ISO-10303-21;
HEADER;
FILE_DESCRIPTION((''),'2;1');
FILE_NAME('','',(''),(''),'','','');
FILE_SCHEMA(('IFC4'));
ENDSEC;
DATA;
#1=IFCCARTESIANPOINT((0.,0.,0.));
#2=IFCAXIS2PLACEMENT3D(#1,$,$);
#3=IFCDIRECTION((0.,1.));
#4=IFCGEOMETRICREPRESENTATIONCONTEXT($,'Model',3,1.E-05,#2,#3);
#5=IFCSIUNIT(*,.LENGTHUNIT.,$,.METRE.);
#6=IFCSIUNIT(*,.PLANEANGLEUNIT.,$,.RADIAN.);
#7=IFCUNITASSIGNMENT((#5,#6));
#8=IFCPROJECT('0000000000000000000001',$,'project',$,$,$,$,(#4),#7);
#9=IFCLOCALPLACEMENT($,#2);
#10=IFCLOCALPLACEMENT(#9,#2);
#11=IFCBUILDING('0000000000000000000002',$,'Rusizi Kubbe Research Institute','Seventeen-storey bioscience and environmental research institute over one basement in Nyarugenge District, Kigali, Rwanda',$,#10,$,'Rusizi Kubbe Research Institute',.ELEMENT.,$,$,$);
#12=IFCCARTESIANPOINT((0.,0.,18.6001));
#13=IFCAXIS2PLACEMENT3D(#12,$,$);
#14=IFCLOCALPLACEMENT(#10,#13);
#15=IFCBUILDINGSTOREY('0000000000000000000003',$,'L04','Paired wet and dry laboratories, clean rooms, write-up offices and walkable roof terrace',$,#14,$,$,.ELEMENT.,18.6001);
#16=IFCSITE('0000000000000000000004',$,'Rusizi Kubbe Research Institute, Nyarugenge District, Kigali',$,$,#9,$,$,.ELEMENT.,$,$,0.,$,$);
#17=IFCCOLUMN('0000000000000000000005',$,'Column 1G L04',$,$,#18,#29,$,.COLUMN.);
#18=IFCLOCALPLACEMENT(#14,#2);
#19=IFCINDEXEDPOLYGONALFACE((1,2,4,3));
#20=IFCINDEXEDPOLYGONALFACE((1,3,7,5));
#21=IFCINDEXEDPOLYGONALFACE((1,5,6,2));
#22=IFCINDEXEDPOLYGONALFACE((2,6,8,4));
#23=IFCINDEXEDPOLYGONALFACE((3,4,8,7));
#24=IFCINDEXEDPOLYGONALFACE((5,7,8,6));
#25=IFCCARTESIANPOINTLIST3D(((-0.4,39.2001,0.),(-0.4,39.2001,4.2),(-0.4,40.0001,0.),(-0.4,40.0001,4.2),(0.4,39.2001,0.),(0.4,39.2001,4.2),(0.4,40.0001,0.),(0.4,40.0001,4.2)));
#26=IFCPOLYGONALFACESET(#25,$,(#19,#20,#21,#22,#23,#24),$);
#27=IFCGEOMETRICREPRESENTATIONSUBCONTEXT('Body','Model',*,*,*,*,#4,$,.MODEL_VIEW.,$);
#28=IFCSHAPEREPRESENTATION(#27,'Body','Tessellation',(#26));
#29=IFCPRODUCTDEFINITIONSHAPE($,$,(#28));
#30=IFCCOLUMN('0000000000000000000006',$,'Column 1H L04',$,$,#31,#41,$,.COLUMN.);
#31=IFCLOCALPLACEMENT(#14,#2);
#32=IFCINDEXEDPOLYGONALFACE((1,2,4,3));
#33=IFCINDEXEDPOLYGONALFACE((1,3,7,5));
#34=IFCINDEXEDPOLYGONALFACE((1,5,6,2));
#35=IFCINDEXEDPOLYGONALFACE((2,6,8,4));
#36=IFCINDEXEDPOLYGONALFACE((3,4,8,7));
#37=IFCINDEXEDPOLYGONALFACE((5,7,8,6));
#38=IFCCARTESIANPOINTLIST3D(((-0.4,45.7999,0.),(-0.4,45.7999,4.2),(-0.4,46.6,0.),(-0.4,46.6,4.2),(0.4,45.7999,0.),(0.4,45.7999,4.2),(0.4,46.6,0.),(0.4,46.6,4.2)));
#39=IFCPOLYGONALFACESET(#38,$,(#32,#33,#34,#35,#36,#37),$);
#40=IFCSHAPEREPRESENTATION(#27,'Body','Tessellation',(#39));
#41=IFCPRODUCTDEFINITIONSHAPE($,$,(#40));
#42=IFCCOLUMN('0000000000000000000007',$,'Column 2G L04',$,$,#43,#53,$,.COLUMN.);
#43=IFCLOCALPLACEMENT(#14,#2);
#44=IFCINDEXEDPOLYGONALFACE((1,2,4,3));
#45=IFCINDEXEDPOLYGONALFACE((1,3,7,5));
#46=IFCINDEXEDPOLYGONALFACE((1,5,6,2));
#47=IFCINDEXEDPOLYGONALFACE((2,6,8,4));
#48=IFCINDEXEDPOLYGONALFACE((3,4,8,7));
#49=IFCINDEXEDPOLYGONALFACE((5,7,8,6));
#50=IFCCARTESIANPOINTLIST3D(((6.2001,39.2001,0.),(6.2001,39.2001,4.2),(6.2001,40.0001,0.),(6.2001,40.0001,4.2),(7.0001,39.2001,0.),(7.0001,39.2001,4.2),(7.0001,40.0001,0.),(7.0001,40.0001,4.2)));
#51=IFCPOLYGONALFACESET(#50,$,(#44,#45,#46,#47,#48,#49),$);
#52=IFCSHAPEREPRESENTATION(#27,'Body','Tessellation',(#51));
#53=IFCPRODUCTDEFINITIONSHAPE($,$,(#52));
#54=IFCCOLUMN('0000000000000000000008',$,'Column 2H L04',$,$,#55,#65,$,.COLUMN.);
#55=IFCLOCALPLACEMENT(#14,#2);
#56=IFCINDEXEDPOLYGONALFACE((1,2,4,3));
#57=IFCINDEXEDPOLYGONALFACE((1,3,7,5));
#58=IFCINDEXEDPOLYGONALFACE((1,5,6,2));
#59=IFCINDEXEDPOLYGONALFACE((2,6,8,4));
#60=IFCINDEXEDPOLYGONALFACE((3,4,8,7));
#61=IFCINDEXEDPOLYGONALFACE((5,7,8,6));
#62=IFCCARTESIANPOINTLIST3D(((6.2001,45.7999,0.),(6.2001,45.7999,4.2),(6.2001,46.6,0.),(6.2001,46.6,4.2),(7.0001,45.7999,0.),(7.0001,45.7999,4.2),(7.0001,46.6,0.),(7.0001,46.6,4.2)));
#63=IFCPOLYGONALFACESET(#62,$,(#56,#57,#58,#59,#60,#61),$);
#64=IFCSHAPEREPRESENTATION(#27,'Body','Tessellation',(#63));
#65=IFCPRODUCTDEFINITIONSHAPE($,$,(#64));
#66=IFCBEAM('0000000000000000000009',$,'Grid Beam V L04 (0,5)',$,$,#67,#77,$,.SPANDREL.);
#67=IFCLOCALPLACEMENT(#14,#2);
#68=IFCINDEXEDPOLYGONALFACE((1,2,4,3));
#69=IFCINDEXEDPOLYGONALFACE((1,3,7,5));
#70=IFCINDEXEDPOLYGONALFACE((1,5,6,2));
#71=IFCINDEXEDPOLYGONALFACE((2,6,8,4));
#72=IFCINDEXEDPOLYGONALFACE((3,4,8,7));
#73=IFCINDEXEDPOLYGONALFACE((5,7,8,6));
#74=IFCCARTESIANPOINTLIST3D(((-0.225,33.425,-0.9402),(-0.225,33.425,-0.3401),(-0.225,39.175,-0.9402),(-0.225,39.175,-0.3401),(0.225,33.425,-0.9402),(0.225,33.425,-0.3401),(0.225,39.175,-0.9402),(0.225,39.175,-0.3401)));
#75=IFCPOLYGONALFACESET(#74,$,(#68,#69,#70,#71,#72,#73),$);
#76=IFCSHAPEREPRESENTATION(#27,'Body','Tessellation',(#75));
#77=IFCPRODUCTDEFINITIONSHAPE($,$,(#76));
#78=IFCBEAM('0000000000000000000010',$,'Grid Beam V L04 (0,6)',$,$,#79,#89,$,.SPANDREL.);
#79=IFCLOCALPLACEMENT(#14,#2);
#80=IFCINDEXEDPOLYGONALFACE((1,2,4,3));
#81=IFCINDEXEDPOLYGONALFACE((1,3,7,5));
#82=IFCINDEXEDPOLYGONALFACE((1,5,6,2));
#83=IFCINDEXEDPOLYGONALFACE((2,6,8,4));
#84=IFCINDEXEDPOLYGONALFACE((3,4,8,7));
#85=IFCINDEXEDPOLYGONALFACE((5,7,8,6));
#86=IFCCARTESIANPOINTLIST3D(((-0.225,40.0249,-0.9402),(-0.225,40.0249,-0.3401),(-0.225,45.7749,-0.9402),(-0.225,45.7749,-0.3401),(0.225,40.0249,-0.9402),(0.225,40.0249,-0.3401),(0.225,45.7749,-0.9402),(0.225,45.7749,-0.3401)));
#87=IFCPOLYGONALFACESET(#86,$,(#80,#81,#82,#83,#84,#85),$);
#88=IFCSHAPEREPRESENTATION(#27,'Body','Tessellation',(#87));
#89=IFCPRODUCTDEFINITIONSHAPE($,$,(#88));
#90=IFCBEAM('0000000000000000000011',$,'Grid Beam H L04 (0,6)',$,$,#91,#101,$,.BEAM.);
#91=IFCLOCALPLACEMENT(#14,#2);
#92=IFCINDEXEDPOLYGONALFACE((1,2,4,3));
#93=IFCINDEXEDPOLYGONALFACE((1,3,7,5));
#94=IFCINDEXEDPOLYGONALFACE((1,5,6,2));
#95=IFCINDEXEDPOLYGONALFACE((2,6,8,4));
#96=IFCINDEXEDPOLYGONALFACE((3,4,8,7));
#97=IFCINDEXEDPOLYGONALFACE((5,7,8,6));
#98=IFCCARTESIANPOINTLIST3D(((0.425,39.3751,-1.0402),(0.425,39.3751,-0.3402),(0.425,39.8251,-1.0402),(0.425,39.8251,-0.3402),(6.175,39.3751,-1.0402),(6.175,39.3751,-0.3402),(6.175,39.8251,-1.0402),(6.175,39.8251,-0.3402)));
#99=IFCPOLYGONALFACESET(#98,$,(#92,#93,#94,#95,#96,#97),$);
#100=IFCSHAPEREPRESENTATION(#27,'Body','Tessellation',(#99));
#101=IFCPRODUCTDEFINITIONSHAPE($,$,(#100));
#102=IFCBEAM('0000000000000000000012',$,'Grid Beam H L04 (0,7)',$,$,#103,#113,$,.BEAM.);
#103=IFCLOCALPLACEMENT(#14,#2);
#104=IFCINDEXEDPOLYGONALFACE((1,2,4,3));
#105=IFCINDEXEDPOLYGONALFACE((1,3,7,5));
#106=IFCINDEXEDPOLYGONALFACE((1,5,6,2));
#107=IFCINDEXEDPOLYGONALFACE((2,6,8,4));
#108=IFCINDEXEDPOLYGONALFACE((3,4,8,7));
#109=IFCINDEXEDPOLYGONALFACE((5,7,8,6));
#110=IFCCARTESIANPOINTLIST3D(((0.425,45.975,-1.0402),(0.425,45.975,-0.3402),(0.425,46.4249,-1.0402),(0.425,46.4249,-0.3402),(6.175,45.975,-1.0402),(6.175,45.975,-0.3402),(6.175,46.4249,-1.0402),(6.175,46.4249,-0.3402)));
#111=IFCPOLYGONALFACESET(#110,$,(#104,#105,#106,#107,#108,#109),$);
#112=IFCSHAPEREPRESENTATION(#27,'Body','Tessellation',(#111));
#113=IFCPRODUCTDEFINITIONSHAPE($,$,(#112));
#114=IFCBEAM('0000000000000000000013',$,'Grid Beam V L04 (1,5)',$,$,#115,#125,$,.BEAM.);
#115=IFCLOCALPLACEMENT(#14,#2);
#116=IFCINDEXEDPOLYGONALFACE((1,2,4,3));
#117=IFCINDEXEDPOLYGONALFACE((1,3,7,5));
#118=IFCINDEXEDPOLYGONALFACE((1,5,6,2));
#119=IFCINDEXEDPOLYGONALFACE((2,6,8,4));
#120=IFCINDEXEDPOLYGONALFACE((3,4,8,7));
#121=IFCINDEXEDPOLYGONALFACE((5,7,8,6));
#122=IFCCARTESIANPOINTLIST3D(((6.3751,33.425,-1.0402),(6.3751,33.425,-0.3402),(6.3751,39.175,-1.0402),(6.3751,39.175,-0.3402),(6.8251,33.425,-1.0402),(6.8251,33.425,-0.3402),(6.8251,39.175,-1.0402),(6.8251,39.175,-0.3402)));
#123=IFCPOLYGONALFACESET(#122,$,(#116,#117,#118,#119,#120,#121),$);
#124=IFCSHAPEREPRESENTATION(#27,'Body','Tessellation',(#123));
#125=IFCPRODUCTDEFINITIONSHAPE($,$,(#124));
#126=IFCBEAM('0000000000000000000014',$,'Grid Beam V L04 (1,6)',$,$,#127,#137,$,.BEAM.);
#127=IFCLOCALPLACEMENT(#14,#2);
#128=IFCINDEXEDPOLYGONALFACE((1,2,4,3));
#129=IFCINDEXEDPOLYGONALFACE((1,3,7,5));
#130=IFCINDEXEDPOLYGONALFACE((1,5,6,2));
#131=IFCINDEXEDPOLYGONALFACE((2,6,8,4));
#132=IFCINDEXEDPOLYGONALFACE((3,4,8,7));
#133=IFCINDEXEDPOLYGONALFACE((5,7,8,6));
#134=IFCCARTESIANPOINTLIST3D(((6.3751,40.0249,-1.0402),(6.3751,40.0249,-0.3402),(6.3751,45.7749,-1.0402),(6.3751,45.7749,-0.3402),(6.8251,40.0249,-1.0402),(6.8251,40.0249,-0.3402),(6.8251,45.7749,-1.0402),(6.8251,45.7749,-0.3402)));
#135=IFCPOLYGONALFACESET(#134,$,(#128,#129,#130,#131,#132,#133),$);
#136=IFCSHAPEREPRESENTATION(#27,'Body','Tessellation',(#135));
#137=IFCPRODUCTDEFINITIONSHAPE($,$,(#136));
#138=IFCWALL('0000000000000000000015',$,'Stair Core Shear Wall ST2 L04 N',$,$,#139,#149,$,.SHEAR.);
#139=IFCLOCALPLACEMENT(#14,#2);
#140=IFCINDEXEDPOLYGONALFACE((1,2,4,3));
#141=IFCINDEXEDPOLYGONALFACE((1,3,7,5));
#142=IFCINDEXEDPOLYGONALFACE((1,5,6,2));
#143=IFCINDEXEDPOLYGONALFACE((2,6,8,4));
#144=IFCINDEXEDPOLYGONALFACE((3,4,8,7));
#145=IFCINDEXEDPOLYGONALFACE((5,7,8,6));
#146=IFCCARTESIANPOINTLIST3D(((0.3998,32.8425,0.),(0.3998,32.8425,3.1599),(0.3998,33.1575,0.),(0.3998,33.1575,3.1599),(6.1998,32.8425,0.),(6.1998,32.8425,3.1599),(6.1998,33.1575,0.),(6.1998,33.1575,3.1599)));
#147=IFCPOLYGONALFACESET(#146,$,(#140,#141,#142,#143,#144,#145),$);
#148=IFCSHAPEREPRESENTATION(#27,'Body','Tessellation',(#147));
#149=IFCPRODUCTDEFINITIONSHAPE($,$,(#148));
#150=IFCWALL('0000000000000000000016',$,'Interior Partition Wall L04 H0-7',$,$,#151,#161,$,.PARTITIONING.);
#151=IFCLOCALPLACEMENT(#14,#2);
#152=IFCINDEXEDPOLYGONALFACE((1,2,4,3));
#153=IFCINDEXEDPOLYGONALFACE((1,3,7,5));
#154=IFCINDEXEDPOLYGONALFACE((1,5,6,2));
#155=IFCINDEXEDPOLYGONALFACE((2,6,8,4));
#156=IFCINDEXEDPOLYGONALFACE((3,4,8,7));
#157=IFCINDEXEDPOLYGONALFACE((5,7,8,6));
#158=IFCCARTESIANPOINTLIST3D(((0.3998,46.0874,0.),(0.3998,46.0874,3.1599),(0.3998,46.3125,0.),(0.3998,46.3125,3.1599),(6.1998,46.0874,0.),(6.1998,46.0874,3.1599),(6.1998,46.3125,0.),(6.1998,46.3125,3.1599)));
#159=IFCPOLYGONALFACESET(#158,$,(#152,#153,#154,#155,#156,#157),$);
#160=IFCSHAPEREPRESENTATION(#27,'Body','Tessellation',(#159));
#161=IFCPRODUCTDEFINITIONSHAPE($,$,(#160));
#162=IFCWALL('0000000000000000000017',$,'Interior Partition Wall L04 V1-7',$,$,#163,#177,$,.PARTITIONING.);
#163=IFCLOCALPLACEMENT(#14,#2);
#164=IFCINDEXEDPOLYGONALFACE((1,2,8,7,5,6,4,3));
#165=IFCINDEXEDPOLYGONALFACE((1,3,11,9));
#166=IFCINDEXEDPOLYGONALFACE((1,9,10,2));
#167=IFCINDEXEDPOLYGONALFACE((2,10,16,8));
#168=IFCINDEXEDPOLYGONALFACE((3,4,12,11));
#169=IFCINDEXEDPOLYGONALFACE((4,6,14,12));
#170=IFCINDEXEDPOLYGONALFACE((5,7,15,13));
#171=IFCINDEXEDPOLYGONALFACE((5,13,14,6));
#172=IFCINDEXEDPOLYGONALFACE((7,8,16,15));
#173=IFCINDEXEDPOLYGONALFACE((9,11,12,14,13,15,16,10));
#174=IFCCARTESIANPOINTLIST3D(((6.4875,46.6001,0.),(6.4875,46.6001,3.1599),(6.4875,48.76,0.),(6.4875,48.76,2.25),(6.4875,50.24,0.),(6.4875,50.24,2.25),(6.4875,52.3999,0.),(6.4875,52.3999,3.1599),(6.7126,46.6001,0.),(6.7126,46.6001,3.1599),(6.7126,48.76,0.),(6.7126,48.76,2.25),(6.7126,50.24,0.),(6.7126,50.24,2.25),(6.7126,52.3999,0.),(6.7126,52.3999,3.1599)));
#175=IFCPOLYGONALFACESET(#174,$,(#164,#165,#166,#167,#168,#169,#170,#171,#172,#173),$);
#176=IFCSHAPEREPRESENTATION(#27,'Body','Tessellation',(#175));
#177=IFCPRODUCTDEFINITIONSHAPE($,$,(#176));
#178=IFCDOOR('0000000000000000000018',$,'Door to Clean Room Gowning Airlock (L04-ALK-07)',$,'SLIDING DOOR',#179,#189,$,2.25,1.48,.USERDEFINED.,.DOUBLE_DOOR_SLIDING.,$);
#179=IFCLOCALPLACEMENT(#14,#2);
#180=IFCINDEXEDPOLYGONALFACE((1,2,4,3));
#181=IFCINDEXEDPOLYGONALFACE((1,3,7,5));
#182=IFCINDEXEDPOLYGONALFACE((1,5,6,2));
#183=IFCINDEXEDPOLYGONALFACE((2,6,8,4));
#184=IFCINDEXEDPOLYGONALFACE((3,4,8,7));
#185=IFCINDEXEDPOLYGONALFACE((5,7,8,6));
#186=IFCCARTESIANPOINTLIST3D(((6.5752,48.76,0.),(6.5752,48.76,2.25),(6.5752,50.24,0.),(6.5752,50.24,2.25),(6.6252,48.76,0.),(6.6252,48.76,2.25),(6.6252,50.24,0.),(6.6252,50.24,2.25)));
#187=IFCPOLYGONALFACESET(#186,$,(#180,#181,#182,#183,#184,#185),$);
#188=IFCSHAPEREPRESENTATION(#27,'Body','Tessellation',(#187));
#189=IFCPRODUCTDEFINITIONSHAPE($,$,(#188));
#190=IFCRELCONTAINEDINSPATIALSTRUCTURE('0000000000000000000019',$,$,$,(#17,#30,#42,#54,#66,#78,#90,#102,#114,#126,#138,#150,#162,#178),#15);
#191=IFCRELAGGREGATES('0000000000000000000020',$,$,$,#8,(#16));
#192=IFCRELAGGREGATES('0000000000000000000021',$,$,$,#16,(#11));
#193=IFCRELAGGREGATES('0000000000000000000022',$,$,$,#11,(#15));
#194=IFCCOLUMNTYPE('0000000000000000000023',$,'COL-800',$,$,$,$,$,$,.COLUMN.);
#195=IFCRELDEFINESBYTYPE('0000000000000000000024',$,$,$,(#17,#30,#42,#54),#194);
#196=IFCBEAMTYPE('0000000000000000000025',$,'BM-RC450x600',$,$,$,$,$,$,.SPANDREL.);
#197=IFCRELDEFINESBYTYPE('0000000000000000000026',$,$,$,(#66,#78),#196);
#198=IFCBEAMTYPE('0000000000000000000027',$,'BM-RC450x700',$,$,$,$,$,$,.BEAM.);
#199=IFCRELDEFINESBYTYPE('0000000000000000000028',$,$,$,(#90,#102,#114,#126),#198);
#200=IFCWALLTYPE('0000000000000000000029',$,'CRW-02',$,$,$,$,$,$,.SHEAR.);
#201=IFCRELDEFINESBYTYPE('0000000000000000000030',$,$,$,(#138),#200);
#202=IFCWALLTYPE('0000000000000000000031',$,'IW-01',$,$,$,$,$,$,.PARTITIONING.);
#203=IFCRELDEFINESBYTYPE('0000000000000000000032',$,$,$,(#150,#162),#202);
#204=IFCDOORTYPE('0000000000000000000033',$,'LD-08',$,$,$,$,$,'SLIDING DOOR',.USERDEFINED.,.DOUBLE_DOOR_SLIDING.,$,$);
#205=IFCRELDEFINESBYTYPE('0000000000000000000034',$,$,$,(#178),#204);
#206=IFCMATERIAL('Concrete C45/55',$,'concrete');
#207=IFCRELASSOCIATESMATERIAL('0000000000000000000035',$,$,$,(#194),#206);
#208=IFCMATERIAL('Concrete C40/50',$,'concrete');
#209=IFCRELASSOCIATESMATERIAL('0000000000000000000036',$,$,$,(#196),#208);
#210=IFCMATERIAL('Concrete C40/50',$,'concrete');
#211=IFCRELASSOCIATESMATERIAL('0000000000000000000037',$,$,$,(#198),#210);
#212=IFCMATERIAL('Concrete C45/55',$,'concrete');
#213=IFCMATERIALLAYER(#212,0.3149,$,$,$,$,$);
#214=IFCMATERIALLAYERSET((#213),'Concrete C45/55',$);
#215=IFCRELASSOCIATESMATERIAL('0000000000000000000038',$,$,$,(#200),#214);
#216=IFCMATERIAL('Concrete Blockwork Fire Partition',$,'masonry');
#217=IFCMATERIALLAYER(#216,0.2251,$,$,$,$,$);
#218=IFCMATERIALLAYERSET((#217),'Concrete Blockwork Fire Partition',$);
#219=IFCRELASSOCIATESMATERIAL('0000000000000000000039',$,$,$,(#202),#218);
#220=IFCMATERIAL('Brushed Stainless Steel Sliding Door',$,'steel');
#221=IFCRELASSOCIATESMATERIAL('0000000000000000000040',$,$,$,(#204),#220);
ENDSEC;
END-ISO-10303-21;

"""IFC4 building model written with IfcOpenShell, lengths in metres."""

from ifc_helpers import new_model, si_unit, direction, frame, frame_2d, origin, origin_2d, place, context, subcontext, project, spatial, rectangle, extrude, material, layer, layer_set, material_profile, profile_set, type_object, element, fill, save


model = new_model("IFC4")

# Units and contexts
model_context = context("Model", 3, precision=1e-05, world=origin(), true_north=direction((0.0, 1.0)))
body_context = subcontext(model_context, "Body", "Model", "MODEL_VIEW")
ifc_project = project(units=[si_unit("LENGTHUNIT", "METRE"), si_unit("PLANEANGLEUNIT", "RADIAN")], contexts=[model_context])

# Site, building, storey
site_placement = place(None, origin())
site = spatial("IfcSite", under=ifc_project, at=site_placement, Name="Rusizi Kubbe Research Institute, Nyarugenge District, Kigali", CompositionType="ELEMENT", RefElevation=0.0)
building_placement = place(site_placement, origin())
building = spatial("IfcBuilding", under=site, at=building_placement, Name="Rusizi Kubbe Research Institute", Description="Seventeen-storey bioscience and environmental research institute over one basement in Nyarugenge District, Kigali, Rwanda", LongName="Rusizi Kubbe Research Institute", CompositionType="ELEMENT")
storey_placement = place(building_placement, frame((0.0, 0.0, 18.6001)))
storey = spatial("IfcBuildingStorey", under=building, at=storey_placement, Name="L04", Description="Paired wet and dry laboratories, clean rooms, write-up offices and walkable roof terrace", CompositionType="ELEMENT", Elevation=18.6001)

# Columns
ifc_material_1 = material(Name="Concrete C45/55", Category="concrete")
ifc_material_profile_1 = material_profile(ifc_material_1, rectangle(XDim=0.8, YDim=0.8, at=origin_2d()), Name="RC800x800")
ifc_profile_set_1 = profile_set([ifc_material_profile_1], Name="Concrete C45/55")
column_type = type_object("IfcColumnType", Name="COL-800", PredefinedType="COLUMN", material=ifc_profile_set_1)
for number, where, z_axis, x_axis, name in (
    (1, (0.0, 39.6001, 0.0), (0.0, 0.0, 1.0), (1.0, 0.0, 0.0), "Column 1G L04"),
    (2, (0.0, 46.2, 0.0), (0.0, 0.0, 1.0), (1.0, 0.0, 0.0), "Column 1H L04"),
    (3, (6.6001, 39.6001, 0.0), (0.0, 0.0, 1.0), (1.0, 0.0, 0.0), "Column 2G L04"),
    (4, (6.6001, 46.2, 0.0), (0.0, 0.0, 1.0), (1.0, 0.0, 0.0), "Column 2H L04"),
):
    element("IfcColumn", number, at=place(storey_placement, frame(where, z_axis=z_axis, x_axis=x_axis)), inside=storey, type_object=column_type, Name=name, PredefinedType="COLUMN", context=body_context, shape_type="SweptSolid", body=[
        extrude(rectangle(XDim=0.8, YDim=0.8, at=origin_2d()), origin(), (0.0, 0.0, 1.0), 4.2),
    ])

# Beams
ifc_material_2 = material(Name="Concrete C40/50", Category="concrete")
ifc_material_profile_2 = material_profile(ifc_material_2, rectangle(XDim=0.45, YDim=0.6001, at=origin_2d()), Name="RC450x600")
ifc_profile_set_2 = profile_set([ifc_material_profile_2], Name="Concrete C40/50")
beam_type_1 = type_object("IfcBeamType", Name="BM-RC450x600", PredefinedType="SPANDREL", material=ifc_profile_set_2)
for number, where, z_axis, x_axis, name in (
    (5, (0.0, 33.425, -0.6401), (0.0, 1.0, 0.0), (-1.0, 0.0, 0.0), "Grid Beam V L04 (0,5)"),
    (6, (0.0, 40.0249, -0.6401), (0.0, 1.0, 0.0), (-1.0, 0.0, 0.0), "Grid Beam V L04 (0,6)"),
):
    element("IfcBeam", number, at=place(storey_placement, frame(where, z_axis=z_axis, x_axis=x_axis)), inside=storey, type_object=beam_type_1, Name=name, PredefinedType="SPANDREL", context=body_context, shape_type="SweptSolid", body=[
        extrude(rectangle(XDim=0.45, YDim=0.6001, at=origin_2d()), origin(), (0.0, 0.0, 1.0), 5.75),
    ])
ifc_material_3 = material(Name="Concrete C40/50", Category="concrete")
ifc_material_profile_3 = material_profile(ifc_material_3, rectangle(XDim=0.45, YDim=0.7, at=origin_2d()), Name="RC450x700B")
ifc_profile_set_3 = profile_set([ifc_material_profile_3], Name="Concrete C40/50")
beam_type_2 = type_object("IfcBeamType", Name="BM-RC450x700", PredefinedType="BEAM", material=ifc_profile_set_3)
for number, where, z_axis, x_axis, name in (
    (7, (0.425, 39.6001, -0.6902), (1.0, 0.0, 0.0), (0.0, 1.0, 0.0), "Grid Beam H L04 (0,6)"),
    (8, (0.425, 46.2, -0.6902), (1.0, 0.0, 0.0), (0.0, 1.0, 0.0), "Grid Beam H L04 (0,7)"),
    (9, (6.6001, 33.425, -0.6902), (0.0, 1.0, 0.0), (-1.0, 0.0, 0.0), "Grid Beam V L04 (1,5)"),
    (10, (6.6001, 40.0249, -0.6902), (0.0, 1.0, 0.0), (-1.0, 0.0, 0.0), "Grid Beam V L04 (1,6)"),
):
    element("IfcBeam", number, at=place(storey_placement, frame(where, z_axis=z_axis, x_axis=x_axis)), inside=storey, type_object=beam_type_2, Name=name, PredefinedType="BEAM", context=body_context, shape_type="SweptSolid", body=[
        extrude(rectangle(XDim=0.45, YDim=0.7, at=origin_2d()), origin(), (0.0, 0.0, 1.0), 5.75),
    ])

# Walls
ifc_material_4 = material(Name="Concrete C45/55", Category="concrete")
ifc_layer_1 = layer(ifc_material_4, 0.3149)
ifc_layer_set_1 = layer_set([ifc_layer_1], Name="Concrete C45/55")
wall_type_1 = type_object("IfcWallType", Name="CRW-02", PredefinedType="SHEAR", material=ifc_layer_set_1)
wall_1_placement = place(storey_placement, frame((0.3999, 33.0, 0.0), z_axis=(0.0, 0.0, 1.0), x_axis=(1.0, 0.0, 0.0)))
element("IfcWall", 11, at=wall_1_placement, inside=storey, type_object=wall_type_1, Name="Stair Core Shear Wall ST2 L04 N", PredefinedType="SHEAR", context=body_context, shape_type="SweptSolid", body=[
    extrude(rectangle(XDim=5.8, YDim=0.3149, at=frame_2d((2.8999, 0.0))), origin(), (0.0, 0.0, 1.0), 3.1599),
])
ifc_material_5 = material(Name="Concrete Blockwork Fire Partition", Category="masonry")
ifc_layer_2 = layer(ifc_material_5, 0.2251)
ifc_layer_set_2 = layer_set([ifc_layer_2], Name="Concrete Blockwork Fire Partition")
wall_type_2 = type_object("IfcWallType", Name="IW-01", PredefinedType="PARTITIONING", material=ifc_layer_set_2)
wall_2_placement = place(storey_placement, frame((0.3999, 46.2, 0.0), z_axis=(0.0, 0.0, 1.0), x_axis=(1.0, 0.0, 0.0)))
element("IfcWall", 12, at=wall_2_placement, inside=storey, type_object=wall_type_2, Name="Interior Partition Wall L04 H0-7", PredefinedType="PARTITIONING", context=body_context, shape_type="SweptSolid", body=[
    extrude(rectangle(XDim=5.8, YDim=0.2251, at=frame_2d((2.8999, 0.0))), origin(), (0.0, 0.0, 1.0), 3.1599),
])

# Wall, opening, door
wall_3_placement = place(storey_placement, frame((6.6001, 46.6001, 0.0), z_axis=(0.0, 0.0, 1.0), x_axis=(0.0, 1.0, 0.0)))
wall_3 = element("IfcWall", 13, at=wall_3_placement, inside=storey, type_object=wall_type_2, Name="Interior Partition Wall L04 V1-7", PredefinedType="PARTITIONING", context=body_context, shape_type="SweptSolid", body=[
    extrude(rectangle(XDim=5.7998, YDim=0.2251, at=frame_2d((2.8999, 0.0))), origin(), (0.0, 0.0, 1.0), 3.1599),
])
opening_1_placement = place(wall_3_placement, frame((2.1599, 0.0, 0.0)))
opening_1 = element("IfcOpeningElement", 14, at=opening_1_placement, cuts=wall_3, PredefinedType="OPENING", context=body_context, shape_type="SweptSolid", body=[
    extrude(rectangle(XDim=1.48, YDim=2.25, at=frame_2d((0.74, 1.125))), frame((0.0, 0.1226, 0.0), z_axis=(0.0, -1.0, 0.0), x_axis=(1.0, 0.0, 0.0)), (0.0, 0.0, 1.0), 0.2451),
])
ifc_material_6 = material(Name="Brushed Stainless Steel Sliding Door", Category="steel")
door_type_1 = type_object("IfcDoorType", Name="LD-08", ElementType="SLIDING DOOR", OperationType="DOUBLE_DOOR_SLIDING", PredefinedType="USERDEFINED", material=ifc_material_6)
door_1_placement = place(opening_1_placement, origin())
door_1 = element("IfcDoor", 15, at=door_1_placement, inside=storey, type_object=door_type_1, Name="Door to Clean Room Gowning Airlock (L04-ALK-07)", ObjectType="SLIDING DOOR", OperationType="DOUBLE_DOOR_SLIDING", OverallHeight=2.25, OverallWidth=1.48, PredefinedType="USERDEFINED", context=body_context, shape_type="SweptSolid", body=[
    extrude(rectangle(XDim=1.48, YDim=2.25, at=frame_2d((0.74, 1.125))), frame((0.0, 0.0249, 0.0), z_axis=(0.0, -1.0, 0.0), x_axis=(1.0, 0.0, 0.0)), (0.0, 0.0, 1.0), 0.05),
])
fill(opening_1, door_1)

save(model, "model.ifc")
